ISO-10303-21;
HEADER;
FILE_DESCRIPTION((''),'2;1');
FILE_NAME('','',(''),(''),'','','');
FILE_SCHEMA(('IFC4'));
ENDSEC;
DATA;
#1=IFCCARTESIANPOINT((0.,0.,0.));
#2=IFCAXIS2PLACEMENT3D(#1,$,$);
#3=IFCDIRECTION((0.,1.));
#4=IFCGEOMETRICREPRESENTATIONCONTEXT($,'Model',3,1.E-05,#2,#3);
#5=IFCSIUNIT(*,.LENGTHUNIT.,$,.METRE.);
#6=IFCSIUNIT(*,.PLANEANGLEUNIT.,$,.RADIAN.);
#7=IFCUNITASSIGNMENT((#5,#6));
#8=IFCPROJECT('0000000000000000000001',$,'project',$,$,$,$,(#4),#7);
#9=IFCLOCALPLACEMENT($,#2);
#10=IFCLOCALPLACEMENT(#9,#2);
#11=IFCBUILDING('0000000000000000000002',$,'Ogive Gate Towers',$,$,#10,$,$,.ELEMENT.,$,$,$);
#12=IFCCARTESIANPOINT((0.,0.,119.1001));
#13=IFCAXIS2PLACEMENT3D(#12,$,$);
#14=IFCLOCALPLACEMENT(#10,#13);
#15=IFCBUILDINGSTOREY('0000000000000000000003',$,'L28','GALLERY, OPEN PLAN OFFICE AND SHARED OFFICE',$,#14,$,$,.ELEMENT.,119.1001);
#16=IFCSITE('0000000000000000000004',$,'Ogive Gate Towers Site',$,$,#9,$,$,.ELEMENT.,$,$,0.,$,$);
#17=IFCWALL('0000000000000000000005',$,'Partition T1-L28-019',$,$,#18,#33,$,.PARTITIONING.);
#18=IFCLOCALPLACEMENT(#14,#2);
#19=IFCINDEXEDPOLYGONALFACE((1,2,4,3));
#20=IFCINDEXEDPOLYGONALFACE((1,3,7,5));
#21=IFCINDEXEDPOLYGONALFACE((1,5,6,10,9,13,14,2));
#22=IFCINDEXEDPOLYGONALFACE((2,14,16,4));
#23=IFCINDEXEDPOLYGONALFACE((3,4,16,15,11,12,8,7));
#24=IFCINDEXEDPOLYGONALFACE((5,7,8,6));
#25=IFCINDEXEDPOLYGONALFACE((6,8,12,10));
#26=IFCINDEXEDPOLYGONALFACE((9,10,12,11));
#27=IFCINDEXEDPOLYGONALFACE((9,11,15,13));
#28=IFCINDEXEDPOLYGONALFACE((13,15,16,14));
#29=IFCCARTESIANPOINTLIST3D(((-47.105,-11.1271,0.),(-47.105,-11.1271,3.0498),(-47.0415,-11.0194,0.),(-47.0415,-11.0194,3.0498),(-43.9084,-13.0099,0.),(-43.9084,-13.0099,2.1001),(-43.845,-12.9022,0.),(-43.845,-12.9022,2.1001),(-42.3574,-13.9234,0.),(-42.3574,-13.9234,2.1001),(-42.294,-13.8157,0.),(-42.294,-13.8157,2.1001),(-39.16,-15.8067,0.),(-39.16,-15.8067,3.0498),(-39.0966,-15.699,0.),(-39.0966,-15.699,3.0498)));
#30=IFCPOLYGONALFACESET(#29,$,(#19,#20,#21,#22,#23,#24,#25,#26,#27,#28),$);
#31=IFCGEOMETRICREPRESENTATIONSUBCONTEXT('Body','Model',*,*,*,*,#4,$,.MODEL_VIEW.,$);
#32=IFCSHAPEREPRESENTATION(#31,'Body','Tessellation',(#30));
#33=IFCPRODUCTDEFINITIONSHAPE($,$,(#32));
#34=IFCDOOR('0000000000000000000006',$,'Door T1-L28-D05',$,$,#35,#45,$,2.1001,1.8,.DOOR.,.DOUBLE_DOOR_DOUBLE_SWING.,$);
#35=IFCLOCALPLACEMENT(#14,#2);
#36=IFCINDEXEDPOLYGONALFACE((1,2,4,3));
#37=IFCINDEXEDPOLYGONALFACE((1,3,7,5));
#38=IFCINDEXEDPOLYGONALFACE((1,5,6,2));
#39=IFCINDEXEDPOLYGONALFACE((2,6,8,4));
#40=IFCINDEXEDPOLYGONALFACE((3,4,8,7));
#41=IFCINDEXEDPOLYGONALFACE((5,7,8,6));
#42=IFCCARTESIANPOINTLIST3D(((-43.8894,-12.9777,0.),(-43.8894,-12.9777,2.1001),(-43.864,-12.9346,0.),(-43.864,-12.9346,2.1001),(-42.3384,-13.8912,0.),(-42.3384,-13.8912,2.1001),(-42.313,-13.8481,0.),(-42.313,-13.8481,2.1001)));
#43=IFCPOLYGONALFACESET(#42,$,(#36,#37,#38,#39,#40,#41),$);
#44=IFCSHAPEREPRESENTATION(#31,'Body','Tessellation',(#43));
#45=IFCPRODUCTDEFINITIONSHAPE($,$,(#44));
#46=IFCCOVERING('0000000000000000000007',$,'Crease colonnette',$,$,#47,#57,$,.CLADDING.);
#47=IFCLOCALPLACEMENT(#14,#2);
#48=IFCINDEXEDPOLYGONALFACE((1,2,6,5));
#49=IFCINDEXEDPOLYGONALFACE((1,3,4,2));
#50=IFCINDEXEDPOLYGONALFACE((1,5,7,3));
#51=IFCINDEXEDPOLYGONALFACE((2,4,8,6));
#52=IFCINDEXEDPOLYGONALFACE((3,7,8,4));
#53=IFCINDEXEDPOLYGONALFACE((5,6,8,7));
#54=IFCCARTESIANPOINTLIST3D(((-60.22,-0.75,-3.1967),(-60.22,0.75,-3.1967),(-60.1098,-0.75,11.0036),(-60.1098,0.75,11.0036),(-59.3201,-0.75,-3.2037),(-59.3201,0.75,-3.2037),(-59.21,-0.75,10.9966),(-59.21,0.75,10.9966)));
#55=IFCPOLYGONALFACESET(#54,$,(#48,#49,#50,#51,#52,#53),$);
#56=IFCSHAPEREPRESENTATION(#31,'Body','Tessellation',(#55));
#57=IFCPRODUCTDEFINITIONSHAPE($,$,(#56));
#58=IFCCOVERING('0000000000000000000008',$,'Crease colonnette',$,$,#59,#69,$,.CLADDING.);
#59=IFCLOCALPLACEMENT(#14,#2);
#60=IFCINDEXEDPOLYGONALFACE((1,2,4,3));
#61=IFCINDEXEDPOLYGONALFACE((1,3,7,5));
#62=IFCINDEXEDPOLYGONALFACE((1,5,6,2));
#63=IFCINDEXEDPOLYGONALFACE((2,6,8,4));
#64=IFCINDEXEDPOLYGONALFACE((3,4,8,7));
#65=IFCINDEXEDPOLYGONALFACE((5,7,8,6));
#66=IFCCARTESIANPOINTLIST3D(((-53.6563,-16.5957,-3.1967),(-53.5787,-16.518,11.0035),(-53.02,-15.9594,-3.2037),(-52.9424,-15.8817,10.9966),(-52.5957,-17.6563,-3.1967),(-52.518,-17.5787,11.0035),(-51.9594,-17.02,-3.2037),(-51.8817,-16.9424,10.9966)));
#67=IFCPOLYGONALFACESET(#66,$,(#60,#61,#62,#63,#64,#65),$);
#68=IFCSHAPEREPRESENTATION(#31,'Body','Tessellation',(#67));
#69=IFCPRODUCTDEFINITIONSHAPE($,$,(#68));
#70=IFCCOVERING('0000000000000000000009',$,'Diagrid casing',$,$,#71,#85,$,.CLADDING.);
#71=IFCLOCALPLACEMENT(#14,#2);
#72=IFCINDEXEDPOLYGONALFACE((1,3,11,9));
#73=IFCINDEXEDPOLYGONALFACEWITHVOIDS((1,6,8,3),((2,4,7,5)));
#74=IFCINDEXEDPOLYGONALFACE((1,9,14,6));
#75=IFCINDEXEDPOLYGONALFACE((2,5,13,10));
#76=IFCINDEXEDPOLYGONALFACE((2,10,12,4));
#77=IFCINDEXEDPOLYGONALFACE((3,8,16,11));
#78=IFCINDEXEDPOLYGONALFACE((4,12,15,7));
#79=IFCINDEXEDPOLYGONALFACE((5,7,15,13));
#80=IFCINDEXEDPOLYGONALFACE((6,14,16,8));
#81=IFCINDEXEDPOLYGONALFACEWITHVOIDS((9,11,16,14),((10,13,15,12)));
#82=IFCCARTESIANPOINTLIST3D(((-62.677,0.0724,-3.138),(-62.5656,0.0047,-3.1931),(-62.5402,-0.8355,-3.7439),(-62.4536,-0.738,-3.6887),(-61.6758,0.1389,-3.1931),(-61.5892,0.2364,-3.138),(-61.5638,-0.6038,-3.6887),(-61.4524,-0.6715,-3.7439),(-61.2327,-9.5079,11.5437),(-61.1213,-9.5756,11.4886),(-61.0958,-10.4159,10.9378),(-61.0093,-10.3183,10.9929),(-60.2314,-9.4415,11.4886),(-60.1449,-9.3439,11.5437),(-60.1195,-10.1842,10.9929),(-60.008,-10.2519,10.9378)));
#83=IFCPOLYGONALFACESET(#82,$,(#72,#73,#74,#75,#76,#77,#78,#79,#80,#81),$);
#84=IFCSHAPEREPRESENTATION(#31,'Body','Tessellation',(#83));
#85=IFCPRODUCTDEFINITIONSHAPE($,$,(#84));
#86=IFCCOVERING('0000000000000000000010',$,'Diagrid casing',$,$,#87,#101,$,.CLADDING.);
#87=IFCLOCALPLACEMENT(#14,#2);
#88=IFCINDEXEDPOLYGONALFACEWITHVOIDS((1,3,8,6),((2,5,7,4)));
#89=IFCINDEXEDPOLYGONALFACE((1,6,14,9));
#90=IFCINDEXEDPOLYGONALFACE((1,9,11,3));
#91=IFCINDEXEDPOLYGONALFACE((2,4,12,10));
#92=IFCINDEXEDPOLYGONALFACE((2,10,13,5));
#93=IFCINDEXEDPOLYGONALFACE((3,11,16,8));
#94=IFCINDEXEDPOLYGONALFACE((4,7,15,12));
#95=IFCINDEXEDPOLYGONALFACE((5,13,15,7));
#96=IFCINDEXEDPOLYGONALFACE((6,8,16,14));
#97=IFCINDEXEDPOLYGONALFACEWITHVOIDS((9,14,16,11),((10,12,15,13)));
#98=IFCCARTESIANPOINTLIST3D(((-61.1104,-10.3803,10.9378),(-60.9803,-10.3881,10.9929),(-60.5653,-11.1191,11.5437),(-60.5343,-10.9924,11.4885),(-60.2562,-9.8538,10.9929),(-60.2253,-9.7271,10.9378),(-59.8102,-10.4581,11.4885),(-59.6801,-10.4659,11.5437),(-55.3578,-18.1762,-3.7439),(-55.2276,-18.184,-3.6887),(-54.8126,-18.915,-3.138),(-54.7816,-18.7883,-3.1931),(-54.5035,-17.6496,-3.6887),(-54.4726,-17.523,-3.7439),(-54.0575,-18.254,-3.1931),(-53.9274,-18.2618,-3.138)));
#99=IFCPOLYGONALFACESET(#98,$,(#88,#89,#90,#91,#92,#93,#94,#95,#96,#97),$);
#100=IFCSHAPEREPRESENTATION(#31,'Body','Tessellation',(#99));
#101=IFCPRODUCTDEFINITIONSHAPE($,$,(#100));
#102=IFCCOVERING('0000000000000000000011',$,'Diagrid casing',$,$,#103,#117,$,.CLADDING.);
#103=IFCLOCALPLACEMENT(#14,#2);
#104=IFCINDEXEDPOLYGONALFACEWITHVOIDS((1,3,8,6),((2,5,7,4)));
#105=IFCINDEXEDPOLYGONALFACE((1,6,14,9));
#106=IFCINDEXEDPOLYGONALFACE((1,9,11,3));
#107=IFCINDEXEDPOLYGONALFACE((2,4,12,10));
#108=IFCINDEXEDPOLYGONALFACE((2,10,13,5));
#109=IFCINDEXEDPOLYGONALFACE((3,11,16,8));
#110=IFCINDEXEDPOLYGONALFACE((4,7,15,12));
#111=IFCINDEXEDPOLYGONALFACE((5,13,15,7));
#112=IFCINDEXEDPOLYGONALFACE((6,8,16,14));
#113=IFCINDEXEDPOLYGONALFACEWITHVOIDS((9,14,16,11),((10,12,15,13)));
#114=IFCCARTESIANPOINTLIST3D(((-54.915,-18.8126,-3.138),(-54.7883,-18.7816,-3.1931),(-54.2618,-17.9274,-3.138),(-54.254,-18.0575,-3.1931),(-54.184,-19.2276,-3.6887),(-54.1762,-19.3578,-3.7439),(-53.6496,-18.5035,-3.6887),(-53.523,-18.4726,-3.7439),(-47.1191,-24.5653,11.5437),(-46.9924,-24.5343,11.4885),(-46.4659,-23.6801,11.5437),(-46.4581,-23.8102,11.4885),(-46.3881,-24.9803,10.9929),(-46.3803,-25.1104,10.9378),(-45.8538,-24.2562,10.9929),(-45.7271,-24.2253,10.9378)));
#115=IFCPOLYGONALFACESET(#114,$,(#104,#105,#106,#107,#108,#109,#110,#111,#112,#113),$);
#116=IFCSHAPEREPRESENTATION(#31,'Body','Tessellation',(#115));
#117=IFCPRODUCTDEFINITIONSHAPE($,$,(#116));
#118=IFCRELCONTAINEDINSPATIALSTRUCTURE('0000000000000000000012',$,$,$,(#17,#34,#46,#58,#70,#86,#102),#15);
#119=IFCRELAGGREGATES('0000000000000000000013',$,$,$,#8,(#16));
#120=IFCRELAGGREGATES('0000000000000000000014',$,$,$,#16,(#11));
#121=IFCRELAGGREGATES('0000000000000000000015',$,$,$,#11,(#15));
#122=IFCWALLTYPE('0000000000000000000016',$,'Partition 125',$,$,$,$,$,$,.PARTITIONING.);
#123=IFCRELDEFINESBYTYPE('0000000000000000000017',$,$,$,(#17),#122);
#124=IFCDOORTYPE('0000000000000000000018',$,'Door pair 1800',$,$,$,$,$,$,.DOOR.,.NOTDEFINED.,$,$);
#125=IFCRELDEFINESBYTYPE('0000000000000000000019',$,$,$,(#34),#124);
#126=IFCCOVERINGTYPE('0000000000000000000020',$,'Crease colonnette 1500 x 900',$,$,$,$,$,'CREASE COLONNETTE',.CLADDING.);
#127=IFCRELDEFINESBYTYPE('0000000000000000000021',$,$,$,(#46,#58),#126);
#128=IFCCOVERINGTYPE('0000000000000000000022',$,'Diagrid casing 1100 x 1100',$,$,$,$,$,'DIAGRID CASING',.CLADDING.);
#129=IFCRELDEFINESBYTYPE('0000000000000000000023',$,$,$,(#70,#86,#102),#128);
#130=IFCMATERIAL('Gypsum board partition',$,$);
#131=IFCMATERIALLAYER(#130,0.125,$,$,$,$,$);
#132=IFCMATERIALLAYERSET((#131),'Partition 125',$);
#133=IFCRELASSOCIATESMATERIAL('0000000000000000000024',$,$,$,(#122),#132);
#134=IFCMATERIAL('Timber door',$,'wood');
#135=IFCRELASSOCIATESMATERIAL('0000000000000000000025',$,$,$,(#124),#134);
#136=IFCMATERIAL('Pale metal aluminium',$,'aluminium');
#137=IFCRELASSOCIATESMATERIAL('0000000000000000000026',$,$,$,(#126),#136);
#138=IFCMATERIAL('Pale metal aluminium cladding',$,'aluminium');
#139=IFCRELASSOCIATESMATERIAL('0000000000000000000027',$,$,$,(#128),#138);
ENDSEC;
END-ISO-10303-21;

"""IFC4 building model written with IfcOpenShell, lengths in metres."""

from ifc_helpers import new_model, si_unit, direction, frame, frame_2d, origin, origin_2d, place, context, subcontext, project, spatial, rectangle, hollow_rectangle, extrude, material, layer, layer_set, material_profile, profile_set, type_object, element, fill, save


model = new_model("IFC4")

# Units and contexts
model_context = context("Model", 3, precision=1e-05, world=origin(), true_north=direction((0.0, 1.0)))
body_context = subcontext(model_context, "Body", "Model", "MODEL_VIEW")
ifc_project = project(units=[si_unit("LENGTHUNIT", "METRE"), si_unit("PLANEANGLEUNIT", "RADIAN")], contexts=[model_context])

# Site, building, storey
site_placement = place(None, origin())
site = spatial("IfcSite", under=ifc_project, at=site_placement, Name="Ogive Gate Towers Site", CompositionType="ELEMENT", RefElevation=0.0)
building_placement = place(site_placement, origin())
building = spatial("IfcBuilding", under=site, at=building_placement, Name="Ogive Gate Towers", CompositionType="ELEMENT")
storey_placement = place(building_placement, frame((0.0, 0.0, 119.1001)))
storey = spatial("IfcBuildingStorey", under=building, at=storey_placement, Name="L28", Description="GALLERY, OPEN PLAN OFFICE AND SHARED OFFICE", CompositionType="ELEMENT", Elevation=119.1001)

# Shared definitions
ifc_material_1 = material(Name="Gypsum board partition")
ifc_layer = layer(ifc_material_1, 0.125)
ifc_layer_set = layer_set([ifc_layer], Name="Partition 125")
wall_type = type_object("IfcWallType", Name="Partition 125", PredefinedType="PARTITIONING", material=ifc_layer_set)

# Wall, opening, door
ifc_material_2 = material(Name="Timber door", Category="wood")
door_type = type_object("IfcDoorType", Name="Door pair 1800", OperationType="NOTDEFINED", PredefinedType="DOOR", material=ifc_material_2)
wall_1_placement = place(storey_placement, frame((-47.0732, -11.0732, 0.0), z_axis=(0.0, 0.0, 1.0), x_axis=(0.861644, -0.507513, 0.0)))
wall_1 = element("IfcWall", 1, at=wall_1_placement, inside=storey, type_object=wall_type, Name="Partition T1-L28-019", PredefinedType="PARTITIONING", context=body_context, shape_type="SweptSolid", body=[
    extrude(rectangle(XDim=9.2207, YDim=0.125, at=frame_2d((4.6104, 0.0))), origin(), (0.0, 0.0, 1.0), 3.0498),
])
opening_1_placement = place(wall_1_placement, frame((3.71, 0.0, 0.0)))
opening_1 = element("IfcOpeningElement", 2, at=opening_1_placement, cuts=wall_1, PredefinedType="OPENING", context=body_context, shape_type="SweptSolid", body=[
    extrude(rectangle(XDim=1.8, YDim=2.1001, at=frame_2d((0.8999, 1.05))), frame((0.0, 0.0725, 0.0), z_axis=(0.0, -1.0, 0.0), x_axis=(1.0, 0.0, 0.0)), (0.0, 0.0, 1.0), 0.145),
])
door_1_placement = place(opening_1_placement, origin())
door_1 = element("IfcDoor", 3, at=door_1_placement, inside=storey, type_object=door_type, Name="Door T1-L28-D05", OperationType="DOUBLE_DOOR_DOUBLE_SWING", OverallHeight=2.1001, OverallWidth=1.8, PredefinedType="DOOR", context=body_context, shape_type="SweptSolid", body=[
    extrude(rectangle(XDim=1.8, YDim=2.1001, at=frame_2d((0.8999, 1.05))), frame((0.0, 0.0249, 0.0), z_axis=(0.0, -1.0, 0.0), x_axis=(1.0, 0.0, 0.0)), (0.0, 0.0, 1.0), 0.05),
])
fill(opening_1, door_1)

# Coverings
ifc_material_3 = material(Name="Pale metal aluminium", Category="aluminium")
ifc_material_profile_1 = material_profile(ifc_material_3, rectangle(XDim=1.5, YDim=0.8999, at=origin_2d()), Name="1500 x 900 pale metal aluminium")
ifc_profile_set_1 = profile_set([ifc_material_profile_1], Name="Pale metal aluminium")
covering_type_1 = type_object("IfcCoveringType", Name="Crease colonnette 1500 x 900", ElementType="CREASE COLONNETTE", PredefinedType="CLADDING", material=ifc_profile_set_1)
for number, where, z_axis, x_axis, name in (
    (4, (-59.77, 0.0, -3.2002), (0.007754, 0.0, 0.99997), (0.0, 1.0, 0.0), "Crease colonnette"),
    (5, (-52.8079, -16.8079, -3.2002), (0.005467, 0.005467, 0.99997), (-0.707107, 0.707107, 0.0), "Crease colonnette"),
):
    element("IfcCovering", number, at=place(storey_placement, frame(where, z_axis=z_axis, x_axis=x_axis)), inside=storey, type_object=covering_type_1, Name=name, PredefinedType="CLADDING", context=body_context, shape_type="SweptSolid", body=[
        extrude(rectangle(XDim=1.5, YDim=0.8999, at=origin_2d()), origin(), (0.0, 0.0, 1.0), 14.2007),
    ])
ifc_material_4 = material(Name="Pale metal aluminium cladding", Category="aluminium")
ifc_material_profile_2 = material_profile(ifc_material_4, hollow_rectangle(XDim=1.1001, YDim=1.1001, WallThickness=0.1001, at=origin_2d()), Name="1100 x 1100 pale metal casing")
ifc_profile_set_2 = profile_set([ifc_material_profile_2], Name="Pale metal aluminium cladding")
covering_type_2 = type_object("IfcCoveringType", Name="Diagrid casing 1100 x 1100", ElementType="DIAGRID CASING", PredefinedType="CLADDING", material=ifc_profile_set_2)
for number, where, z_axis, x_axis, name in (
    (6, (-62.0647, -0.2996, -3.4409), (0.08211, -0.544636, 0.834643), (0.988826, 0.149076, 0.0), "Diagrid casing"),
    (7, (-54.6426, -18.219, -3.4409), (-0.327037, 0.443192, 0.834642), (-0.804645, -0.593757, 0.0), "Diagrid casing"),
    (8, (-54.219, -18.6426, -3.4409), (0.443192, -0.327037, 0.834642), (0.593757, 0.804645, 0.0), "Diagrid casing"),
):
    element("IfcCovering", number, at=place(storey_placement, frame(where, z_axis=z_axis, x_axis=x_axis)), inside=storey, type_object=covering_type_2, Name=name, PredefinedType="CLADDING", context=body_context, shape_type="SweptSolid", body=[
        extrude(hollow_rectangle(XDim=1.1001, YDim=1.1001, WallThickness=0.1001, at=origin_2d()), origin(), (0.0, 0.0, 1.0), 17.5903),
    ])

save(model, "model.ifc")
